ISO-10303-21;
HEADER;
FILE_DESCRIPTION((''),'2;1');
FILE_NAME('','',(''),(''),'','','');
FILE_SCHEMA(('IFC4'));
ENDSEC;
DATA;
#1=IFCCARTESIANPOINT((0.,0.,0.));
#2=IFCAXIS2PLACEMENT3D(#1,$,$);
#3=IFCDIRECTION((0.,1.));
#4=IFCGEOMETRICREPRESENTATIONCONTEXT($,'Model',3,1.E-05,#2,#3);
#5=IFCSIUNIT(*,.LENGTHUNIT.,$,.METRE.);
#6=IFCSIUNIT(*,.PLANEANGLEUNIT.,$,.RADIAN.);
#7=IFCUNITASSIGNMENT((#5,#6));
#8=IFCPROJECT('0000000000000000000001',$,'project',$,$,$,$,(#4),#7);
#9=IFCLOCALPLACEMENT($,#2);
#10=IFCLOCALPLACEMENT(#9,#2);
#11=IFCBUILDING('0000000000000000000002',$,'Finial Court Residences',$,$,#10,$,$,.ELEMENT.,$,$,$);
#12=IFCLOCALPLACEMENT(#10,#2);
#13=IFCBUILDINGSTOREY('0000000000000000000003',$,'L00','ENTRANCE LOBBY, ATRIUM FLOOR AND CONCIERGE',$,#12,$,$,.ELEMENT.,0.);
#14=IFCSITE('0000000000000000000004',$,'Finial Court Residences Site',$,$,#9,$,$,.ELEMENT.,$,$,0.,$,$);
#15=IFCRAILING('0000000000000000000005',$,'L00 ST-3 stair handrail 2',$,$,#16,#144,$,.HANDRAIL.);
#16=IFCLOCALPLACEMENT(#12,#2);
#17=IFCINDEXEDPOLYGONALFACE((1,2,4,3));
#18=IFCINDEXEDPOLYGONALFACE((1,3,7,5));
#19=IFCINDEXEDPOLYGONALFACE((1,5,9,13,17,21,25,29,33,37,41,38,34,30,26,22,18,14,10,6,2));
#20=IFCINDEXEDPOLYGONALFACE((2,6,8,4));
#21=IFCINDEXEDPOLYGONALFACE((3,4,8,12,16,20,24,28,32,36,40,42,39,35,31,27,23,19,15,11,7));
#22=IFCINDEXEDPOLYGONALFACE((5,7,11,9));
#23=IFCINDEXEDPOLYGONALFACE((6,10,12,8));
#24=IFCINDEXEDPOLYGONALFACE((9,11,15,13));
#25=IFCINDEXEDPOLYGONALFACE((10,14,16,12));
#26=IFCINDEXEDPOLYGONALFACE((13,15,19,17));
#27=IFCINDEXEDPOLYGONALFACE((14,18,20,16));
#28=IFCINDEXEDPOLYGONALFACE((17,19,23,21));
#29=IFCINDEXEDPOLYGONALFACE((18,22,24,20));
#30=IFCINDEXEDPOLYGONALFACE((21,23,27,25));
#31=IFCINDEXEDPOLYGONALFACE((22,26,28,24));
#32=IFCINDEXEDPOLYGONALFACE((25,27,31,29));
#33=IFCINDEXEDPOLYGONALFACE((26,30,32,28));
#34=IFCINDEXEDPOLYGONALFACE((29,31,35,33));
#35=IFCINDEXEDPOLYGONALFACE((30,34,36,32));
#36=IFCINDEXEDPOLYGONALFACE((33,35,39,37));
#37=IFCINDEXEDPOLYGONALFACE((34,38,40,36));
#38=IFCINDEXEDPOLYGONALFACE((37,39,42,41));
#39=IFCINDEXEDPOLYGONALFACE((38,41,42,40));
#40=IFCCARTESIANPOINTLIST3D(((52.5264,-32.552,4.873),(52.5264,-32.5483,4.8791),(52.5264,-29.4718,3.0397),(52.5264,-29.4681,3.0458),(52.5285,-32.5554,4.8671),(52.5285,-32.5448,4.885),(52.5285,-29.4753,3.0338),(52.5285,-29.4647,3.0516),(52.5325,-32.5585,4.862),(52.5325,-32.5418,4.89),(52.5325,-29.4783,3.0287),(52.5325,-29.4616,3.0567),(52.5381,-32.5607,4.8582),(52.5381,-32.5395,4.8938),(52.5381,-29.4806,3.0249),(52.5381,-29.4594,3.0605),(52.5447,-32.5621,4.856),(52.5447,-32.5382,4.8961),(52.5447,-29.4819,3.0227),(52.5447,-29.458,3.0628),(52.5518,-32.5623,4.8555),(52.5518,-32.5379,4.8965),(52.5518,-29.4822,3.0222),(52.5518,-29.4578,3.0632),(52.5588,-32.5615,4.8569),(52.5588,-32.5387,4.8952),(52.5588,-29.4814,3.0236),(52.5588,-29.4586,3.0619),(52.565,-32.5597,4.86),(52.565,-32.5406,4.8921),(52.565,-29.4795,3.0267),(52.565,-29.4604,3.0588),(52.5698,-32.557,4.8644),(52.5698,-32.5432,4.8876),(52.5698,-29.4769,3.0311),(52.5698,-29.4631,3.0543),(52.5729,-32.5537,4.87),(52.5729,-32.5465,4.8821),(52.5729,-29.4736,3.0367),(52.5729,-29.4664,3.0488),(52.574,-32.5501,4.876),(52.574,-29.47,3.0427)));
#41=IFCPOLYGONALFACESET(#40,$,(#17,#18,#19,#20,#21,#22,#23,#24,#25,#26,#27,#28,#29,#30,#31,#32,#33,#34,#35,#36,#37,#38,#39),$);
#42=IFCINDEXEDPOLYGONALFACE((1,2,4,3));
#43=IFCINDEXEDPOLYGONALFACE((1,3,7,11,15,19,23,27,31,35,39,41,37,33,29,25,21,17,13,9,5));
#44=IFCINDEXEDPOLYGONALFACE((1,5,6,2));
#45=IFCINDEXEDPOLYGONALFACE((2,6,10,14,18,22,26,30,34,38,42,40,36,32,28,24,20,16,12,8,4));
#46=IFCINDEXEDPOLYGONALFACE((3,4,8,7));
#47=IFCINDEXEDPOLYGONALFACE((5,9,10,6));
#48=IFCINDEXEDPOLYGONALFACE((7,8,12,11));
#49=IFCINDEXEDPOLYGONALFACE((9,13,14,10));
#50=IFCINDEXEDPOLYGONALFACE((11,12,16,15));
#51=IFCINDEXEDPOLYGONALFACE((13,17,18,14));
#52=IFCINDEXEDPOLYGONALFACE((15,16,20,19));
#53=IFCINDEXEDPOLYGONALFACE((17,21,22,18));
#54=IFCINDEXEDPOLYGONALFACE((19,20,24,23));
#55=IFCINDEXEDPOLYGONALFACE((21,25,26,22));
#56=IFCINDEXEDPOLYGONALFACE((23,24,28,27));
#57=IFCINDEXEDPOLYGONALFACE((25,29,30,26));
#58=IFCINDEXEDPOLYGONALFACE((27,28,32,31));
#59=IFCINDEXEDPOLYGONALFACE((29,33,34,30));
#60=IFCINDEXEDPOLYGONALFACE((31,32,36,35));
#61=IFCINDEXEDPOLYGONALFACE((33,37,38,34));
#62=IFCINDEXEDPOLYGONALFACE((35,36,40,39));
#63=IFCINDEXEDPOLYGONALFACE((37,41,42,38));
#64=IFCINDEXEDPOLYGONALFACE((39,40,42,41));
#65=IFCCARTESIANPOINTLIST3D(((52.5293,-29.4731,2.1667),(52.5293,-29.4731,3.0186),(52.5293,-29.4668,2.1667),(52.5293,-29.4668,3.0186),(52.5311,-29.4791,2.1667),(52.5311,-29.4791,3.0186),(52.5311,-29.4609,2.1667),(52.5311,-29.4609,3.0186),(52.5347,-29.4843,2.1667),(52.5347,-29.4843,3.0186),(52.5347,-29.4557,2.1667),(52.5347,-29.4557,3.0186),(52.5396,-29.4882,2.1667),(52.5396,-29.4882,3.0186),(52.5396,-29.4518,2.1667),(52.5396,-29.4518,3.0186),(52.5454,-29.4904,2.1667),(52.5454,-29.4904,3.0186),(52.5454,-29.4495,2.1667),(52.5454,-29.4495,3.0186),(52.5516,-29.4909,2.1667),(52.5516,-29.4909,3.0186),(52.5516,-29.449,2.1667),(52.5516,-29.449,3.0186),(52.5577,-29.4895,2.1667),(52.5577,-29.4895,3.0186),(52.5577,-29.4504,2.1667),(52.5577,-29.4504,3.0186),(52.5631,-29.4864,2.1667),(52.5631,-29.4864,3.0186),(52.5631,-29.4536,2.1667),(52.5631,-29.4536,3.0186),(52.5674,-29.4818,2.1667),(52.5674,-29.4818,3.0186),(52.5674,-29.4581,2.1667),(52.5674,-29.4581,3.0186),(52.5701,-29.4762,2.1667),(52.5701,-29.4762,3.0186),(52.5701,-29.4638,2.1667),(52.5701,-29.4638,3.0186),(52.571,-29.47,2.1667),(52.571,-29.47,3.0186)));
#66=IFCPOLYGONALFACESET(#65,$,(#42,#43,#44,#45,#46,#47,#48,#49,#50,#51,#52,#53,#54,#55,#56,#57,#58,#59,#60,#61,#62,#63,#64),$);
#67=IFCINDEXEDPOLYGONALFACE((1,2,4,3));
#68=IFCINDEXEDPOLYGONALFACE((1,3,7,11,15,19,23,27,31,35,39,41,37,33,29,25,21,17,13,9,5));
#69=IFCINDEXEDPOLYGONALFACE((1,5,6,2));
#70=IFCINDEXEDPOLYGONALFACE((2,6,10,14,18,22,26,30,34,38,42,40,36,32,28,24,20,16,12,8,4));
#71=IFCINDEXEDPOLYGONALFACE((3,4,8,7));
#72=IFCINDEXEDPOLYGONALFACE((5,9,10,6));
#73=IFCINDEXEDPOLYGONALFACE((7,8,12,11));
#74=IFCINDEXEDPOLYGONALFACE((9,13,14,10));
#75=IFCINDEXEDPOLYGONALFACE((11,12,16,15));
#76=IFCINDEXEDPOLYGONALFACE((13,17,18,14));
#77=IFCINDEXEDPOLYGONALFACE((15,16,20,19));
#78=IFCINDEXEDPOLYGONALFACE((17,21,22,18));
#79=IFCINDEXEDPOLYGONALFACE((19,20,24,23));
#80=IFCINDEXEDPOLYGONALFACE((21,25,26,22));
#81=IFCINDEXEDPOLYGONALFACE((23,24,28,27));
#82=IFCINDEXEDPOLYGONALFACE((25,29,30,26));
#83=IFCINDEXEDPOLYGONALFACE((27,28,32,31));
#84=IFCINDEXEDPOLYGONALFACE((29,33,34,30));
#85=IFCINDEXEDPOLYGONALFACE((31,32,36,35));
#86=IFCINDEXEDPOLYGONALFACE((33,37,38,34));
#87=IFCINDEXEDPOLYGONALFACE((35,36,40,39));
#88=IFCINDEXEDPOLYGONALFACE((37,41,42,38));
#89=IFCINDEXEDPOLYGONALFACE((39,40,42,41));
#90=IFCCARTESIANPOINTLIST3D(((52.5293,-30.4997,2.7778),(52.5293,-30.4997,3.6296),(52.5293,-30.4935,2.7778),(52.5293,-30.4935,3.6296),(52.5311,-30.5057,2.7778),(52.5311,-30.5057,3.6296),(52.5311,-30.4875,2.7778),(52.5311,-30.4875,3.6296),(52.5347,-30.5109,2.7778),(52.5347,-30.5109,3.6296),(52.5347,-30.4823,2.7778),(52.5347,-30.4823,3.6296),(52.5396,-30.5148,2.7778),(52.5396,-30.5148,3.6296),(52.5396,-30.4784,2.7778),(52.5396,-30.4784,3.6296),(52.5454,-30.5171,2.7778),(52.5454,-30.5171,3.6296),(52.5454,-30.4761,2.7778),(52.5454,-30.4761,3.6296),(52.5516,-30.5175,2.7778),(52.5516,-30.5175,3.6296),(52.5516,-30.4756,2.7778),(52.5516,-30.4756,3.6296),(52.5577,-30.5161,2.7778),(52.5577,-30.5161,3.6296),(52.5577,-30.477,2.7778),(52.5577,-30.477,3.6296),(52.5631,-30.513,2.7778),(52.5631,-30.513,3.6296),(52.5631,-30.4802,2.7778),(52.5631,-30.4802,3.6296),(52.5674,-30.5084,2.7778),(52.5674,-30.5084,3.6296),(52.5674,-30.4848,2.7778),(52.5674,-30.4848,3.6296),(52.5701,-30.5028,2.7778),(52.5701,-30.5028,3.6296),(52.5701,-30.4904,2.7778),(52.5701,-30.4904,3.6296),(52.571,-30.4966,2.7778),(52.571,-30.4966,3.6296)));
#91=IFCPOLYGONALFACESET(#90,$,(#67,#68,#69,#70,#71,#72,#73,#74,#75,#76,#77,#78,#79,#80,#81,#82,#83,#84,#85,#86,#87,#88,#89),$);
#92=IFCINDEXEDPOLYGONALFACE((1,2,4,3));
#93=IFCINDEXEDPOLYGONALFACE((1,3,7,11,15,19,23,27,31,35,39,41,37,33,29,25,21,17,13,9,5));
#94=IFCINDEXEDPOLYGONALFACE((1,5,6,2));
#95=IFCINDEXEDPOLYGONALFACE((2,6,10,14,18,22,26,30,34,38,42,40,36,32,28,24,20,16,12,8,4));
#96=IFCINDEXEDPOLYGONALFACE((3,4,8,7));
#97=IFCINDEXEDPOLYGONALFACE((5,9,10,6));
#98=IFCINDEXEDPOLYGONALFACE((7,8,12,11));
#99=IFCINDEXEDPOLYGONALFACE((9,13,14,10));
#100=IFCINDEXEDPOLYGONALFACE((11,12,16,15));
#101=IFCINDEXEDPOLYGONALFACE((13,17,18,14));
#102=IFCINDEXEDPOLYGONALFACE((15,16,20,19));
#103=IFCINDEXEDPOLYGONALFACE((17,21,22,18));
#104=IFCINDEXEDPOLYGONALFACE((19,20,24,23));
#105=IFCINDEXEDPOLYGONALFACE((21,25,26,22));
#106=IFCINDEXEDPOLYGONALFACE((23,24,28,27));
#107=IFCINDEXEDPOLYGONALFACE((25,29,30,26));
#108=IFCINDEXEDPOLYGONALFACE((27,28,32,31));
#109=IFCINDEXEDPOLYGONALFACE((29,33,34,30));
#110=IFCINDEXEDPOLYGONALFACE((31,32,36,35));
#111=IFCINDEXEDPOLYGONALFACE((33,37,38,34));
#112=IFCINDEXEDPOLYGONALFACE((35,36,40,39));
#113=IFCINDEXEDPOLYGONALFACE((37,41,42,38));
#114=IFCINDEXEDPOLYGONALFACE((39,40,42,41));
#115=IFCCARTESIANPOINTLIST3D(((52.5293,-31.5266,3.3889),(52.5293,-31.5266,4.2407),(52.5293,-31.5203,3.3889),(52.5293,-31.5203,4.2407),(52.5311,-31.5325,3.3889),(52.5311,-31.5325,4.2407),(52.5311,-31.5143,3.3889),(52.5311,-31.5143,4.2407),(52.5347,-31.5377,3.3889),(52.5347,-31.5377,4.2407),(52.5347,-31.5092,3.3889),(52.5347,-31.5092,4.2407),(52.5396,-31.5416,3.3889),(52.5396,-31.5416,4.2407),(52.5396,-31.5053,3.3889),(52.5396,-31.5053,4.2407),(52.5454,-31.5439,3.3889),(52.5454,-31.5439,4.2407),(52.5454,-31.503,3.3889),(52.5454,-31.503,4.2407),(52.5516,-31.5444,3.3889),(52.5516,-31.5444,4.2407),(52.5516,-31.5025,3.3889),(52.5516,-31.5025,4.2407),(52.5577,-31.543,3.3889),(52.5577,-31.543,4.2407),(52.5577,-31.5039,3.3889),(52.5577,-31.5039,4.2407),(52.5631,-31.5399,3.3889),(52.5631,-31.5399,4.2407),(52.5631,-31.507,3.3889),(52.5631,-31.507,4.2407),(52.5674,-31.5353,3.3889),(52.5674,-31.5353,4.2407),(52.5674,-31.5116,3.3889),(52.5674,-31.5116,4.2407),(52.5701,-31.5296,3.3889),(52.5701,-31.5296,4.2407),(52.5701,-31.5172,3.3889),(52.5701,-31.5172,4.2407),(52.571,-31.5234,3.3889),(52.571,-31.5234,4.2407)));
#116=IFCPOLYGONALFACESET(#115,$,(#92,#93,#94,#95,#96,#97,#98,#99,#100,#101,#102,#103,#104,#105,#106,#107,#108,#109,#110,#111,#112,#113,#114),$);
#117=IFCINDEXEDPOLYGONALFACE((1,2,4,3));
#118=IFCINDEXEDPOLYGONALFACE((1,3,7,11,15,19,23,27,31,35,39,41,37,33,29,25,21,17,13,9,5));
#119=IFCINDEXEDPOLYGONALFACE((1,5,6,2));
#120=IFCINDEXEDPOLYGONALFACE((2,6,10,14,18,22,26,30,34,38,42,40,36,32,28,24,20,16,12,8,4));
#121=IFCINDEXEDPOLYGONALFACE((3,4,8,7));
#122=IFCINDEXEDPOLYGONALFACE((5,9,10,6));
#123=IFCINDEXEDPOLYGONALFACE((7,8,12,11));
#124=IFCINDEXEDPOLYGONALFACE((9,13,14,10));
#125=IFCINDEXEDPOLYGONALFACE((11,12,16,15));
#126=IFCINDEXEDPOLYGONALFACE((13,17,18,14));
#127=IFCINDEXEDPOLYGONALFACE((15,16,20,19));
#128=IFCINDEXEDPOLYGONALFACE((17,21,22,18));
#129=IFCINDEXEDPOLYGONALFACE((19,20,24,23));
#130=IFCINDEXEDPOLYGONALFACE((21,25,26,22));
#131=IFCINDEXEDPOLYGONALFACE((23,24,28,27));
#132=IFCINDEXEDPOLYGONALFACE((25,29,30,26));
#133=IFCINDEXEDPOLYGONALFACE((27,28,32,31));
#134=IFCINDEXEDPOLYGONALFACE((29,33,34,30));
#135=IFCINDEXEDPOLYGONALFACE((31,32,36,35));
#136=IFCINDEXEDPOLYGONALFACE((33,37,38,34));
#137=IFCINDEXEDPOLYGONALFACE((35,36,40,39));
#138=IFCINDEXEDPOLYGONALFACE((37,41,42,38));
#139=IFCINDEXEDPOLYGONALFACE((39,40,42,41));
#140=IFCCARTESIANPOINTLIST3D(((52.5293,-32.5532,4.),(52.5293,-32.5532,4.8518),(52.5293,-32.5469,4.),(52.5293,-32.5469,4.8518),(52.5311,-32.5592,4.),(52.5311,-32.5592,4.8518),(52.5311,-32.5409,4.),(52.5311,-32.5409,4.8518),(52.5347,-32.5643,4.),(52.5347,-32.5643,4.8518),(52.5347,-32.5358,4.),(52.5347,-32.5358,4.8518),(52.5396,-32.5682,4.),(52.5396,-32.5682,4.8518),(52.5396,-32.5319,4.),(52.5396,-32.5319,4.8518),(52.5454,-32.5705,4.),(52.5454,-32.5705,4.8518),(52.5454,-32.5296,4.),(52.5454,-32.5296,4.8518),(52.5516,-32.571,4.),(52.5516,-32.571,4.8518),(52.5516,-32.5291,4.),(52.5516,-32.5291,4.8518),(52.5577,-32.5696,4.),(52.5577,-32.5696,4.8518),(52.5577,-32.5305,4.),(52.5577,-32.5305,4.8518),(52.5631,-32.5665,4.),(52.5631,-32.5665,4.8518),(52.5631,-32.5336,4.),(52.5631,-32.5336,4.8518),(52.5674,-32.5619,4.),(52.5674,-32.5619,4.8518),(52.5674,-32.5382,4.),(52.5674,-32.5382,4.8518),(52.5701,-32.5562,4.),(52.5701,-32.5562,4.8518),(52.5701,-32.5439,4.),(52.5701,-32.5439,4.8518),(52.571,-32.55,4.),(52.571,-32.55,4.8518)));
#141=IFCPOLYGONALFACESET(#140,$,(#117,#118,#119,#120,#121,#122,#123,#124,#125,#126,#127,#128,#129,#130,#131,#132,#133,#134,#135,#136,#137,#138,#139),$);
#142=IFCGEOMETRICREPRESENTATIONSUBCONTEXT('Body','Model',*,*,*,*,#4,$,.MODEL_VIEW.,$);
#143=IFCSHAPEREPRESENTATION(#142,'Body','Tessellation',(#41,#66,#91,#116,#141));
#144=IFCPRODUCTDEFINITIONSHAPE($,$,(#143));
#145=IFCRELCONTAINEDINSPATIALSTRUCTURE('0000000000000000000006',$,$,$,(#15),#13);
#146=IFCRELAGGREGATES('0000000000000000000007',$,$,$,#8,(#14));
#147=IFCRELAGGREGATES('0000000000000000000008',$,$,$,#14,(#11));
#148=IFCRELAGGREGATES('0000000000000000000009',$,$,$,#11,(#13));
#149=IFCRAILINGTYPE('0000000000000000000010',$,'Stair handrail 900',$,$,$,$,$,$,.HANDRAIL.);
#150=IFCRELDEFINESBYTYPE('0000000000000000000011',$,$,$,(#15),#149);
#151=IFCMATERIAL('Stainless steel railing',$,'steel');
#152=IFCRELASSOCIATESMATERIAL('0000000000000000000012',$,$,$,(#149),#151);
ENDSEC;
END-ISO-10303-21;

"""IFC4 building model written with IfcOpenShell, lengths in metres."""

from ifc_helpers import new_model, si_unit, direction, frame, origin, origin_2d, place, context, subcontext, project, spatial, circle, extrude, material, type_object, element, save


model = new_model("IFC4")

# Units and contexts
model_context = context("Model", 3, precision=1e-05, world=origin(), true_north=direction((0.0, 1.0)))
body_context = subcontext(model_context, "Body", "Model", "MODEL_VIEW")
ifc_project = project(units=[si_unit("LENGTHUNIT", "METRE"), si_unit("PLANEANGLEUNIT", "RADIAN")], contexts=[model_context])

# Site, building, storey
site_placement = place(None, origin())
site = spatial("IfcSite", under=ifc_project, at=site_placement, Name="Finial Court Residences Site", CompositionType="ELEMENT", RefElevation=0.0)
building_placement = place(site_placement, origin())
building = spatial("IfcBuilding", under=site, at=building_placement, Name="Finial Court Residences", CompositionType="ELEMENT")
storey_placement = place(building_placement, origin())
storey = spatial("IfcBuildingStorey", under=building, at=storey_placement, Name="L00", Description="ENTRANCE LOBBY, ATRIUM FLOOR AND CONCIERGE", CompositionType="ELEMENT", Elevation=0.0)

# Railing
ifc_material_1 = material(Name="Stainless steel railing", Category="steel")
railing_type_1 = type_object("IfcRailingType", Name="Stair handrail 900", PredefinedType="HANDRAIL", material=ifc_material_1)
railing_1_placement = place(storey_placement, frame((52.55, -29.47, 2.1667)))
element("IfcRailing", 1, at=railing_1_placement, inside=storey, type_object=railing_type_1, Name="L00 ST-3 stair handrail 2", PredefinedType="HANDRAIL", context=body_context, shape_type="SweptSolid", body=[
    extrude(circle(Radius=0.0239, at=origin_2d()), frame((0.0, 0.0, 0.876), z_axis=(0.0, -0.859309, 0.511458), x_axis=(1.0, 0.0, 0.0)), (0.0, 0.0, 1.0), 3.5845),
    extrude(circle(Radius=0.021, at=origin_2d()), origin(), (0.0, 0.0, 1.0), 0.8518),
    extrude(circle(Radius=0.021, at=origin_2d()), frame((0.0, -1.0266, 0.6111)), (0.0, 0.0, 1.0), 0.8518),
    extrude(circle(Radius=0.021, at=origin_2d()), frame((0.0, -2.0535, 1.2222)), (0.0, 0.0, 1.0), 0.8518),
    extrude(circle(Radius=0.021, at=origin_2d()), frame((0.0, -3.0801, 1.8333)), (0.0, 0.0, 1.0), 0.8518),
])

save(model, "model.ifc")
